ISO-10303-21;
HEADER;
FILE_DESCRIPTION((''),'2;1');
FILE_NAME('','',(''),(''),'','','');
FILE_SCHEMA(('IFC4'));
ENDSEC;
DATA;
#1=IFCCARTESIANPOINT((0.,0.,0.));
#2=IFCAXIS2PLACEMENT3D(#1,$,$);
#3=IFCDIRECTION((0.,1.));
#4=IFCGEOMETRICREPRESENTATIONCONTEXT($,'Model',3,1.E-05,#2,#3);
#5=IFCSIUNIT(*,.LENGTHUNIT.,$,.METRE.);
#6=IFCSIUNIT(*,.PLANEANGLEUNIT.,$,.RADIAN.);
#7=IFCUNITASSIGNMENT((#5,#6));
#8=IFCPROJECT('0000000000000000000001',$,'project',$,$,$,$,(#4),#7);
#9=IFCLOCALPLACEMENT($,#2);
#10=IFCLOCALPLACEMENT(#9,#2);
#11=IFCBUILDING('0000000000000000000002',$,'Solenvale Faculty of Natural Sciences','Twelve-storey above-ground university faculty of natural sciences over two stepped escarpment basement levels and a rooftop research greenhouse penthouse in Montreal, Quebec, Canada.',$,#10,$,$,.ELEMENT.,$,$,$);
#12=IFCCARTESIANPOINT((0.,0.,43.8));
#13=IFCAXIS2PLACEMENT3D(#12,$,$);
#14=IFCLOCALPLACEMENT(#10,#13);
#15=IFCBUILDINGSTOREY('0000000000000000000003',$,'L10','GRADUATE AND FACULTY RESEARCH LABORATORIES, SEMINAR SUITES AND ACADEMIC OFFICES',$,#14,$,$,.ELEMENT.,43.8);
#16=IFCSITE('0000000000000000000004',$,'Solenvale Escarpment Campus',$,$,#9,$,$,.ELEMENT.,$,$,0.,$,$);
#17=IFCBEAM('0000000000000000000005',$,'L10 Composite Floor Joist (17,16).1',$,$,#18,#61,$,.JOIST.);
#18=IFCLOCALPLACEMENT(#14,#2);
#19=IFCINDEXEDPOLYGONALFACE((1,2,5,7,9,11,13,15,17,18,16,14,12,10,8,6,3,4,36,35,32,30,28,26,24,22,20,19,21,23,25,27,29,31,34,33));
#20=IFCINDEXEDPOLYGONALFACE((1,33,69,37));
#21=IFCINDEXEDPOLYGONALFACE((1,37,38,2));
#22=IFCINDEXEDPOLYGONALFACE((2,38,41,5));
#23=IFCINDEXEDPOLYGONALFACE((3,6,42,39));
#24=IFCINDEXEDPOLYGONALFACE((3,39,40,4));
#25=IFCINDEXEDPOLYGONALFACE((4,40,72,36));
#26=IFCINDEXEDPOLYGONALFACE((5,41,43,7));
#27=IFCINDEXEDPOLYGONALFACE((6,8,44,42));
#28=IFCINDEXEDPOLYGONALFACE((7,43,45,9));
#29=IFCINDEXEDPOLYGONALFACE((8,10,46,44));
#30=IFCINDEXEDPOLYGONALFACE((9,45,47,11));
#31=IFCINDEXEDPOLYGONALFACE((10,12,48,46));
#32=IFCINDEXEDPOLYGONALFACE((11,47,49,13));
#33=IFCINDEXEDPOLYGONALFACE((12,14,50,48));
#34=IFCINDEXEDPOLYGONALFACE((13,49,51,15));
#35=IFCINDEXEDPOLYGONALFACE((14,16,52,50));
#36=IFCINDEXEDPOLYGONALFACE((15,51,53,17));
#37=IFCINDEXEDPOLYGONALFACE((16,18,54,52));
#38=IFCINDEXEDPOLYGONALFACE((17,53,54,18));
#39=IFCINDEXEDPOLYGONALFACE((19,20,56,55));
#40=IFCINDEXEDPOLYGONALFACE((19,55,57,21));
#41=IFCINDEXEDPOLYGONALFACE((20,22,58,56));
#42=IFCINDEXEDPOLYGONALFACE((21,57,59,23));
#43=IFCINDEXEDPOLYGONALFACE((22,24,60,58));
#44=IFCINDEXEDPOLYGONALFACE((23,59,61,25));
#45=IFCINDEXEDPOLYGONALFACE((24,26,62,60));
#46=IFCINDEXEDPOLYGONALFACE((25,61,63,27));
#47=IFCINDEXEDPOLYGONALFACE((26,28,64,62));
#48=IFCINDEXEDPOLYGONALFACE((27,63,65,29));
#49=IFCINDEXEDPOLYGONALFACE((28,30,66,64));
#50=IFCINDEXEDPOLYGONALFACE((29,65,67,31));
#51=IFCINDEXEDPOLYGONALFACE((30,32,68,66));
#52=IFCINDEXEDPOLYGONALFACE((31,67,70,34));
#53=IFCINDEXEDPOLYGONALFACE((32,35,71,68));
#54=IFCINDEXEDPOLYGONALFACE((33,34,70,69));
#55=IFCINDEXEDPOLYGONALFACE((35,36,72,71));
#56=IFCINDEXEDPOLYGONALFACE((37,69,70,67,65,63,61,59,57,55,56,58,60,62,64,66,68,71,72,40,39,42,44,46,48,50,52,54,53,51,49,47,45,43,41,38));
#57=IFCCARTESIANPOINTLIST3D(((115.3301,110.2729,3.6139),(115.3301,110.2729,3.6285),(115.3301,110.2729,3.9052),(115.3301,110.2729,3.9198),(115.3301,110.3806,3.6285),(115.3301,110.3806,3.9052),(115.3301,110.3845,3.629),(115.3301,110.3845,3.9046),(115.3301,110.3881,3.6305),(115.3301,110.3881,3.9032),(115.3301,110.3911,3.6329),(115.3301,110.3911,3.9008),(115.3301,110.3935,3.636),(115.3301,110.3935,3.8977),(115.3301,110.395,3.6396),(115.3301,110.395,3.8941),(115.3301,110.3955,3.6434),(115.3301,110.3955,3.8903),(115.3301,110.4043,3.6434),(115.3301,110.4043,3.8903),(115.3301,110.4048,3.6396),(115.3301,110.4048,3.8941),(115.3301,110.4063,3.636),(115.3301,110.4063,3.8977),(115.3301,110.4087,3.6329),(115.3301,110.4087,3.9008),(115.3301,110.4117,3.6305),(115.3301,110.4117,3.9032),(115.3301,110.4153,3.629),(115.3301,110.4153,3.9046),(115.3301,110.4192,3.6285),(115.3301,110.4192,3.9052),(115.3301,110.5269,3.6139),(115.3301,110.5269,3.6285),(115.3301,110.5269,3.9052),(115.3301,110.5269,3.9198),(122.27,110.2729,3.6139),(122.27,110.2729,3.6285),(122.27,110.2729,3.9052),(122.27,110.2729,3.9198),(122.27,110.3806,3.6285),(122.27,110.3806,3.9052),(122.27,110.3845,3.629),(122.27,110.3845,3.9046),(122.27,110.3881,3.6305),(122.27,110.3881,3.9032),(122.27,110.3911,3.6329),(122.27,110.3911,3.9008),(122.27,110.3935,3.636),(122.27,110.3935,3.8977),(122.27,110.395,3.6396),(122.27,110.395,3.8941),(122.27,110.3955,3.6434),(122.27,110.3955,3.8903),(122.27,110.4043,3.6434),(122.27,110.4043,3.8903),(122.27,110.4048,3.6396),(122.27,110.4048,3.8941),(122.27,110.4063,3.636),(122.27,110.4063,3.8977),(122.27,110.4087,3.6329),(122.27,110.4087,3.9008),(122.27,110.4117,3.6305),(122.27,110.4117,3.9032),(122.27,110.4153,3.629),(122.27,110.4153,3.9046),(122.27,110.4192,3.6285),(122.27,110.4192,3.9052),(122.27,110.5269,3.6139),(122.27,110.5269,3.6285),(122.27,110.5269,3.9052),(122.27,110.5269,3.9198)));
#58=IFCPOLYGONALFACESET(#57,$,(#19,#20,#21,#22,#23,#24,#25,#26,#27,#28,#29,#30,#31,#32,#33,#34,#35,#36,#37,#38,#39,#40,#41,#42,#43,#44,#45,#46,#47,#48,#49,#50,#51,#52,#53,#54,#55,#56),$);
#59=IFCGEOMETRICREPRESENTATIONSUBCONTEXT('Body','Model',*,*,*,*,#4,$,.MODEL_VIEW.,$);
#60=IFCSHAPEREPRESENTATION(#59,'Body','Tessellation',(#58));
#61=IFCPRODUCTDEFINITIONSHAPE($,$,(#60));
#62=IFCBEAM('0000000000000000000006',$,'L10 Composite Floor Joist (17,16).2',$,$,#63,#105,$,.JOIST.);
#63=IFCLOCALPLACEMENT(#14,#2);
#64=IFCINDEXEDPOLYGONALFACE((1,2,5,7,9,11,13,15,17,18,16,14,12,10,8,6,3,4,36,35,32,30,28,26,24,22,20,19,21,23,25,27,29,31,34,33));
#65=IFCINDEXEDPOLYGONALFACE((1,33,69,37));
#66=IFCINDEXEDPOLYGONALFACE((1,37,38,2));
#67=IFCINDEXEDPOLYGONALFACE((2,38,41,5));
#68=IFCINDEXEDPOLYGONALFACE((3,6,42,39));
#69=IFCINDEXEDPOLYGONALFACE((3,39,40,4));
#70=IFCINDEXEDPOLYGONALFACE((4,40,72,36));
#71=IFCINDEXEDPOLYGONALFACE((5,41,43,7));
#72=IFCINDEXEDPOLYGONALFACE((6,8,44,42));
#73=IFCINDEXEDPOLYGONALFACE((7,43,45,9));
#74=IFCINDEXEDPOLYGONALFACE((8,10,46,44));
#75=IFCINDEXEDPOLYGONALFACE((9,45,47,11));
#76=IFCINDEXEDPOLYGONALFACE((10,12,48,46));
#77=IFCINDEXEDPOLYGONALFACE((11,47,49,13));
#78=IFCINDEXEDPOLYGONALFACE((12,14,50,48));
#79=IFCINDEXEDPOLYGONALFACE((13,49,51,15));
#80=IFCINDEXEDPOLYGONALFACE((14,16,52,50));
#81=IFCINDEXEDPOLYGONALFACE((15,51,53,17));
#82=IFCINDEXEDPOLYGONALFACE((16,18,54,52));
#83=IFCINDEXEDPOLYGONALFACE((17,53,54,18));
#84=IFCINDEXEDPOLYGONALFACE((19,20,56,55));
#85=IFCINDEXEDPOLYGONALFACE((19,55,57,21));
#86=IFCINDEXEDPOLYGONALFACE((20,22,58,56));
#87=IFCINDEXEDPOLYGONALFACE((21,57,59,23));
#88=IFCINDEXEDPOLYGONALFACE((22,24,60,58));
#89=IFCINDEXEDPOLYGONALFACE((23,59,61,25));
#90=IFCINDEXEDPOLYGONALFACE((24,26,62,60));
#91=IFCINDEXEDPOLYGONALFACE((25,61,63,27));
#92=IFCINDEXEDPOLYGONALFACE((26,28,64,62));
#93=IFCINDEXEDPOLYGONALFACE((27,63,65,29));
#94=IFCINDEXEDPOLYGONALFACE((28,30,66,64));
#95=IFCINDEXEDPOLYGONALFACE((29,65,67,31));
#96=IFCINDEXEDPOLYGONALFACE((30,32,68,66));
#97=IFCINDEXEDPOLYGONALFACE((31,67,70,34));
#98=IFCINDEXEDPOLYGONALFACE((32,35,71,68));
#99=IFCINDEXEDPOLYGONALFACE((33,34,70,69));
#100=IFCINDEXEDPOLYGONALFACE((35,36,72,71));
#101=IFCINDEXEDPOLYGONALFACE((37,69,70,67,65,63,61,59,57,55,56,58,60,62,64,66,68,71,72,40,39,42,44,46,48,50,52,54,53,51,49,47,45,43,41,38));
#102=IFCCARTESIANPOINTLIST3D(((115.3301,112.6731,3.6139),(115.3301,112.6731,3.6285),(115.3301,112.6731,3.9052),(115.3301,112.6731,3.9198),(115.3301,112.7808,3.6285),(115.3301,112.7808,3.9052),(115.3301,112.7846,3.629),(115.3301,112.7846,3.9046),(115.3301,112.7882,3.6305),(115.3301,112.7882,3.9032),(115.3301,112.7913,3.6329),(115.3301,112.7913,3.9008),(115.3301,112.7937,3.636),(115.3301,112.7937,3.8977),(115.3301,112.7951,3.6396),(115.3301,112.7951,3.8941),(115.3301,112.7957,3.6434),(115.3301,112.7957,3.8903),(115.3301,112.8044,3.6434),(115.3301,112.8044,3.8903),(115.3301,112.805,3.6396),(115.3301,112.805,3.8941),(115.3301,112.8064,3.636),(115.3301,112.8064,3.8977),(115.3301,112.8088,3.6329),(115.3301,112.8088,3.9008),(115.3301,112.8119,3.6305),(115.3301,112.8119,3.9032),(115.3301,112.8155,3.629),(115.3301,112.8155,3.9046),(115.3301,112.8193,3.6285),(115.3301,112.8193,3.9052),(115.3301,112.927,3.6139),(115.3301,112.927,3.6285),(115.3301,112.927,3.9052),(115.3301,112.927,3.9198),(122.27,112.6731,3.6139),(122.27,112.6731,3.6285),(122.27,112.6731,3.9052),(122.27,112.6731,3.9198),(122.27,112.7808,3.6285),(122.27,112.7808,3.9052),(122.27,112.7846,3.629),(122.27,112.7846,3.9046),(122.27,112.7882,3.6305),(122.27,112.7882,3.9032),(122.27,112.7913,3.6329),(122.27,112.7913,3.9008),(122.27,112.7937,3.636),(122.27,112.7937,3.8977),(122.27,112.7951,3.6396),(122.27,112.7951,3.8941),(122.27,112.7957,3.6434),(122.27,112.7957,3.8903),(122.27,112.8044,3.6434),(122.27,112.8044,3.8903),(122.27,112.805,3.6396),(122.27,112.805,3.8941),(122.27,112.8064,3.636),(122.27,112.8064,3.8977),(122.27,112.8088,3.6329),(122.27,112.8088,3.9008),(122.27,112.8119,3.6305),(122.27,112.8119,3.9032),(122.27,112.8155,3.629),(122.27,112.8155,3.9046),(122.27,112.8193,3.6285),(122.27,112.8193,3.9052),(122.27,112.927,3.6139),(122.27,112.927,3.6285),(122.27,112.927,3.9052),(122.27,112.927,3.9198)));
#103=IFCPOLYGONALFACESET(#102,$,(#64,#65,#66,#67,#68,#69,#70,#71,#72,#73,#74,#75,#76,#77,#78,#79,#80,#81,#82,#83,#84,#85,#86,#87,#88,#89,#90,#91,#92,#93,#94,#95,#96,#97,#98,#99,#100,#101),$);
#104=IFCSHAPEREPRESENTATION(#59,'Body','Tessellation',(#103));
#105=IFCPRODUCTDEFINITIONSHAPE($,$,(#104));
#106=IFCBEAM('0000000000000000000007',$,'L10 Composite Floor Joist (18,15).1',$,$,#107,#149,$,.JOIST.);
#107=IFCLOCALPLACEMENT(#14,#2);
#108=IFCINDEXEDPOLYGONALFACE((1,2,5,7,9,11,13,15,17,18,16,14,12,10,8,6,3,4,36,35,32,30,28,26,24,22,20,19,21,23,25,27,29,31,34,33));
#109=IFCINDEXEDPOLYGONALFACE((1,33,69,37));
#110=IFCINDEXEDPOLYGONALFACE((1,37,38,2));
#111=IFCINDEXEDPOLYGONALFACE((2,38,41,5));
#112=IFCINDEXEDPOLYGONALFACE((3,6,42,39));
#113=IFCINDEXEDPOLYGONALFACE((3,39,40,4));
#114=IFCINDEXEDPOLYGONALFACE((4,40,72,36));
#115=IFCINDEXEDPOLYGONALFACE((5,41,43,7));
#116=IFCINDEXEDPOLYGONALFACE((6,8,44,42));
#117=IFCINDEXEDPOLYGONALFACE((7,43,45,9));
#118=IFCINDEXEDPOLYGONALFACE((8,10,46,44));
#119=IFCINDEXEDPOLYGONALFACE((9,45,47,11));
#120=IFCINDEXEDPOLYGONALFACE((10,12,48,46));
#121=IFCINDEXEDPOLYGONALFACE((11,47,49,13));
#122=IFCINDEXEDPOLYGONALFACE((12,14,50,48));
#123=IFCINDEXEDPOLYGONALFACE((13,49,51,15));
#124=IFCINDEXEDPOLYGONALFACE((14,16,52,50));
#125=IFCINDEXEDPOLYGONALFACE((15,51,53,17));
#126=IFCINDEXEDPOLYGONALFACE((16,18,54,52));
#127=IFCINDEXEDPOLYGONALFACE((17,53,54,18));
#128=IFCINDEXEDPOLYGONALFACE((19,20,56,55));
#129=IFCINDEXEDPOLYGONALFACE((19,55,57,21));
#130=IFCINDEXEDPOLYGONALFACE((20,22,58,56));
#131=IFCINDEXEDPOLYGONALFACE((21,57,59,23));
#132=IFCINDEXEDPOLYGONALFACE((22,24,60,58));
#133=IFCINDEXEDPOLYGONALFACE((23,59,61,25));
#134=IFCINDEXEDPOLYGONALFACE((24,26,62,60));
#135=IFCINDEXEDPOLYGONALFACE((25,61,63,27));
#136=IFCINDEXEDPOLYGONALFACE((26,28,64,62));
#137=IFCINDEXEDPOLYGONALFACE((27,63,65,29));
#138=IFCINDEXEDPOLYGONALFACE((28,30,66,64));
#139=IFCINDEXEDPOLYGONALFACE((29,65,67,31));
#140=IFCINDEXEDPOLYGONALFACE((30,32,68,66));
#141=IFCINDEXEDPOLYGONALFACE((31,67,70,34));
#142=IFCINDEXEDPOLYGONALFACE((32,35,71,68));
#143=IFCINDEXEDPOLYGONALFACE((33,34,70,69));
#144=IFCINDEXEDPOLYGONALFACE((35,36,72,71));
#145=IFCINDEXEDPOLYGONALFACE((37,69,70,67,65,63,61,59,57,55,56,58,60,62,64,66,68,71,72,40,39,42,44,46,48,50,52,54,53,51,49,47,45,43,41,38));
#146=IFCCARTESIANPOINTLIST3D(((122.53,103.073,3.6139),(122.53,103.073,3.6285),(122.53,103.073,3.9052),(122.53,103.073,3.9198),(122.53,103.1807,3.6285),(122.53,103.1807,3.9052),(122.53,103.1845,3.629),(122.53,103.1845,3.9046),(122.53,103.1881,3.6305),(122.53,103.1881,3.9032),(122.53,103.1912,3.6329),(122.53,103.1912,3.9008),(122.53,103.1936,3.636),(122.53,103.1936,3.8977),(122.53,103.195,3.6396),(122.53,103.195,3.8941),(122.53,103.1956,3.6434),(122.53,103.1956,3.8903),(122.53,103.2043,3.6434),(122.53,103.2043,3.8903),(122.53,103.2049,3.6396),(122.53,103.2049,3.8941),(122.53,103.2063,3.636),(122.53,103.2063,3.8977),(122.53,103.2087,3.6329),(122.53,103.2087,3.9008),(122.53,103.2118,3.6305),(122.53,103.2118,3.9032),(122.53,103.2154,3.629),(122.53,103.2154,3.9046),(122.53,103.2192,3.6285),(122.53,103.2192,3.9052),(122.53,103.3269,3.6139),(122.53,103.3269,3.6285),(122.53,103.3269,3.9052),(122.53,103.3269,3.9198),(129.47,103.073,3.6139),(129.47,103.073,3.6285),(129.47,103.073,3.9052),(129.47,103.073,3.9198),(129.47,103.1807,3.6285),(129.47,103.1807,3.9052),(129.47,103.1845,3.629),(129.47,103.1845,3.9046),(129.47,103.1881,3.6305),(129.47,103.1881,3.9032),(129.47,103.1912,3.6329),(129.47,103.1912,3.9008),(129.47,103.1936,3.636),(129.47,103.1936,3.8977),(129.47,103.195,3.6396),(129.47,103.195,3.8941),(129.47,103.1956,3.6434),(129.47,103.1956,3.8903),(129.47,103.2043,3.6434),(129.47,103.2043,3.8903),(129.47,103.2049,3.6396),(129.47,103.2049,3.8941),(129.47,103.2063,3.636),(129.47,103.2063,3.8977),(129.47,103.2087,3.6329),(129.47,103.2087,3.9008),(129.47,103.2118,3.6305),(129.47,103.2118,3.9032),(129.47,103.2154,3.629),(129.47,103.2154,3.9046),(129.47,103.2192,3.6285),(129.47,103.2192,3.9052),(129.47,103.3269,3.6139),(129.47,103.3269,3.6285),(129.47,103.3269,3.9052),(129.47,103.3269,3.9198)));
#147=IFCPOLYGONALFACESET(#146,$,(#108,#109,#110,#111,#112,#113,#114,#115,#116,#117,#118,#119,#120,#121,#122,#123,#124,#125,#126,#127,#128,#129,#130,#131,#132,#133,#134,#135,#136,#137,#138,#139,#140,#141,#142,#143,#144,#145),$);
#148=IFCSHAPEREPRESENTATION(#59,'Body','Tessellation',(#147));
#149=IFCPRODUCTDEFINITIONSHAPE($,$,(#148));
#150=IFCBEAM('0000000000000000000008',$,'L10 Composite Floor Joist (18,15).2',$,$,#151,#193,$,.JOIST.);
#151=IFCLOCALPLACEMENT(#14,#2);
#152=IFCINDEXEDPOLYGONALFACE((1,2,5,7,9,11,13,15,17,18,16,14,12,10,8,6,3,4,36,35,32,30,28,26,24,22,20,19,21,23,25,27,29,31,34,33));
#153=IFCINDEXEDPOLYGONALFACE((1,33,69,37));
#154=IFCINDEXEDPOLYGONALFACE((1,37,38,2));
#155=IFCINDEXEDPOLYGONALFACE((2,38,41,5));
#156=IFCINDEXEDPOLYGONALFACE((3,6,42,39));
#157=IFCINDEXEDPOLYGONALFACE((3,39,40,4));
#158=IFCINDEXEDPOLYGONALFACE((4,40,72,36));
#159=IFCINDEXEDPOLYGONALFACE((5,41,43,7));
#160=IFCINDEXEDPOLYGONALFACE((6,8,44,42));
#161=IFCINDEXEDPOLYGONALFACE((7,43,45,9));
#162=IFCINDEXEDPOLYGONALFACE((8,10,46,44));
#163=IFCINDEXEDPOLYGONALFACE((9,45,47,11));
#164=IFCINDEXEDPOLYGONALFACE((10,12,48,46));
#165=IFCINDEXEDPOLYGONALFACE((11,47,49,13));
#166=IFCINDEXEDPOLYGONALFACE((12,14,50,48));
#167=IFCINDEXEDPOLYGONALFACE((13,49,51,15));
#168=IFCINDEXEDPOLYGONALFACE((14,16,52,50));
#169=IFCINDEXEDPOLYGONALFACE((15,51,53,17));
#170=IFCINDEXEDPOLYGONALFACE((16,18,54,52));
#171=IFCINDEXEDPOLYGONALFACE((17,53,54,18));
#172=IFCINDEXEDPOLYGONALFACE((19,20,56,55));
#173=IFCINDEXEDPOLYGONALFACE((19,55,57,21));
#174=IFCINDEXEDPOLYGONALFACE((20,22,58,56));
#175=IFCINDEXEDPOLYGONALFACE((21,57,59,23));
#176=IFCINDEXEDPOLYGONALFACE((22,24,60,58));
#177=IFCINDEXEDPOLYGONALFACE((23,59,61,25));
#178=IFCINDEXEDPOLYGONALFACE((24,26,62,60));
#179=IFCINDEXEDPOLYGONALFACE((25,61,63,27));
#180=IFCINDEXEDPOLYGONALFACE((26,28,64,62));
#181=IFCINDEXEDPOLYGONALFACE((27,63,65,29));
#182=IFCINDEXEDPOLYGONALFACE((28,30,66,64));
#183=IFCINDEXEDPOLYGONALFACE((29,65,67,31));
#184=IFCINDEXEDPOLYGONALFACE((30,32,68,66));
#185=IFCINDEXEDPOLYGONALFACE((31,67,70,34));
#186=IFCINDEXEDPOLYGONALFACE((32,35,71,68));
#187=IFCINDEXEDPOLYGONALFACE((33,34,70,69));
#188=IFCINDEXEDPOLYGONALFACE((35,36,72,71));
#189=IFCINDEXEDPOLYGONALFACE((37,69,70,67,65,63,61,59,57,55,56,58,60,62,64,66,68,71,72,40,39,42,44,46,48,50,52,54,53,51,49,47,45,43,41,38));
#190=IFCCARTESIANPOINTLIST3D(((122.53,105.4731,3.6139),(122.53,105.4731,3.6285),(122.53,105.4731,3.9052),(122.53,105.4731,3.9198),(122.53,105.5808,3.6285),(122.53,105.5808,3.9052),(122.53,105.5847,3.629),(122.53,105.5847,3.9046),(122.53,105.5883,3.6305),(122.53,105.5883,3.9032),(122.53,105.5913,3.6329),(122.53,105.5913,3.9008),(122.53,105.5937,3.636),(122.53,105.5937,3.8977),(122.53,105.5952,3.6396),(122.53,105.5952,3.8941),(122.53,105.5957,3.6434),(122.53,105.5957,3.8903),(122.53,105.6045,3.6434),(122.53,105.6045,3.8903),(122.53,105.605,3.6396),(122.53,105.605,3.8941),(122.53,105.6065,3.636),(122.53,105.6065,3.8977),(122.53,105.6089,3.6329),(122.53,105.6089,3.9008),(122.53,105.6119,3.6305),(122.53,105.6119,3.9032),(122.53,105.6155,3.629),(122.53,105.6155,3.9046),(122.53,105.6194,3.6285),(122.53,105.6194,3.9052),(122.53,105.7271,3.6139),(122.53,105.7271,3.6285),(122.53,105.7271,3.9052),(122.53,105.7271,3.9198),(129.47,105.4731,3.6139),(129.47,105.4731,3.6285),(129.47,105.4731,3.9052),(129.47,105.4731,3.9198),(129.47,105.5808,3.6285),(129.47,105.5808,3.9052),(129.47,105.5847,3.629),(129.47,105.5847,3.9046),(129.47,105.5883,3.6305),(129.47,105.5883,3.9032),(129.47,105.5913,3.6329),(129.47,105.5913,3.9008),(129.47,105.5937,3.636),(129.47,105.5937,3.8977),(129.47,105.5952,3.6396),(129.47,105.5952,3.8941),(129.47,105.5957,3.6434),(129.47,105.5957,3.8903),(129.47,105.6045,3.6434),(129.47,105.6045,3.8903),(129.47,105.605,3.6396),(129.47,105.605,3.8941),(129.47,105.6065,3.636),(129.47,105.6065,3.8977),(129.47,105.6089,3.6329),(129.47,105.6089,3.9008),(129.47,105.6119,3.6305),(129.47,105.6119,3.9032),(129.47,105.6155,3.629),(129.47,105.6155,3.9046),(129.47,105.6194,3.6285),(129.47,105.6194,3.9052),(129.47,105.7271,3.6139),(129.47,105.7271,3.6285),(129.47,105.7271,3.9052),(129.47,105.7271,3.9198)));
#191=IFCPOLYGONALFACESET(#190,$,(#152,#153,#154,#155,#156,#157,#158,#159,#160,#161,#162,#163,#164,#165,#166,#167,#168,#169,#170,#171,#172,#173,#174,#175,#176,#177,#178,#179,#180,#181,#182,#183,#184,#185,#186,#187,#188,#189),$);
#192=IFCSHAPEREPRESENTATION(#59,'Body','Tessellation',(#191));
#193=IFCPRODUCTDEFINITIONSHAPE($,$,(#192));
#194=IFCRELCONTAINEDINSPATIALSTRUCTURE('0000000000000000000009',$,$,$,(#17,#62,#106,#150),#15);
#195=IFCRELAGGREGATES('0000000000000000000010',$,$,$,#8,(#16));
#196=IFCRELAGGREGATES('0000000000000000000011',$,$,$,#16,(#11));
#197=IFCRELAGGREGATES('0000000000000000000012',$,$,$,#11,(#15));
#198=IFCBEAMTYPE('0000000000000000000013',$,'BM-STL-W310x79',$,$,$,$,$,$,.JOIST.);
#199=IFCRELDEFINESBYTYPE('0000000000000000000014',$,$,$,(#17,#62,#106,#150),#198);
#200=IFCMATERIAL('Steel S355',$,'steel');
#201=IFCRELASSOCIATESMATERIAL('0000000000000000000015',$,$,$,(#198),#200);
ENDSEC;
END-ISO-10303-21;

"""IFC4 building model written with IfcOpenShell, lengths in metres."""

from ifc_helpers import new_model, si_unit, direction, frame, origin, origin_2d, place, context, subcontext, project, spatial, i_section, extrude, material, material_profile, profile_set, type_object, element, save


model = new_model("IFC4")

# Units and contexts
model_context = context("Model", 3, precision=1e-05, world=origin(), true_north=direction((0.0, 1.0)))
body_context = subcontext(model_context, "Body", "Model", "MODEL_VIEW")
ifc_project = project(units=[si_unit("LENGTHUNIT", "METRE"), si_unit("PLANEANGLEUNIT", "RADIAN")], contexts=[model_context])

# Site, building, storey
site_placement = place(None, origin())
site = spatial("IfcSite", under=ifc_project, at=site_placement, Name="Solenvale Escarpment Campus", CompositionType="ELEMENT", RefElevation=0.0)
building_placement = place(site_placement, origin())
building = spatial("IfcBuilding", under=site, at=building_placement, Name="Solenvale Faculty of Natural Sciences", Description="Twelve-storey above-ground university faculty of natural sciences over two stepped escarpment basement levels and a rooftop research greenhouse penthouse in Montreal, Quebec, Canada.", CompositionType="ELEMENT")
storey_placement = place(building_placement, frame((0.0, 0.0, 43.8)))
storey = spatial("IfcBuildingStorey", under=building, at=storey_placement, Name="L10", Description="GRADUATE AND FACULTY RESEARCH LABORATORIES, SEMINAR SUITES AND ACADEMIC OFFICES", CompositionType="ELEMENT", Elevation=43.8)

# Beams
ifc_material_1 = material(Name="Steel S355", Category="steel")
ifc_material_profile_1 = material_profile(ifc_material_1, i_section(OverallWidth=0.2539, OverallDepth=0.3059, WebThickness=0.0088, FlangeThickness=0.0146, FilletRadius=0.0149, at=origin_2d()), Name="W310x79")
ifc_profile_set_1 = profile_set([ifc_material_profile_1], Name="Steel S355")
beam_type_1 = type_object("IfcBeamType", Name="BM-STL-W310x79", PredefinedType="JOIST", material=ifc_profile_set_1)
for number, where, z_axis, x_axis, name in (
    (1, (115.3301, 110.3999, 3.7668), (1.0, 0.0, 0.0), (0.0, 1.0, 0.0), "L10 Composite Floor Joist (17,16).1"),
    (2, (115.3301, 112.8, 3.7668), (1.0, 0.0, 0.0), (0.0, 1.0, 0.0), "L10 Composite Floor Joist (17,16).2"),
    (3, (122.53, 103.2, 3.7668), (1.0, 0.0, 0.0), (0.0, 1.0, 0.0), "L10 Composite Floor Joist (18,15).1"),
    (4, (122.53, 105.6001, 3.7668), (1.0, 0.0, 0.0), (0.0, 1.0, 0.0), "L10 Composite Floor Joist (18,15).2"),
):
    element("IfcBeam", number, at=place(storey_placement, frame(where, z_axis=z_axis, x_axis=x_axis)), inside=storey, type_object=beam_type_1, Name=name, PredefinedType="JOIST", context=body_context, shape_type="SweptSolid", body=[
        extrude(i_section(OverallWidth=0.2539, OverallDepth=0.3059, WebThickness=0.0088, FlangeThickness=0.0146, FilletRadius=0.0149, at=origin_2d()), origin(), (0.0, 0.0, 1.0), 6.9399),
    ])

save(model, "model.ifc")
